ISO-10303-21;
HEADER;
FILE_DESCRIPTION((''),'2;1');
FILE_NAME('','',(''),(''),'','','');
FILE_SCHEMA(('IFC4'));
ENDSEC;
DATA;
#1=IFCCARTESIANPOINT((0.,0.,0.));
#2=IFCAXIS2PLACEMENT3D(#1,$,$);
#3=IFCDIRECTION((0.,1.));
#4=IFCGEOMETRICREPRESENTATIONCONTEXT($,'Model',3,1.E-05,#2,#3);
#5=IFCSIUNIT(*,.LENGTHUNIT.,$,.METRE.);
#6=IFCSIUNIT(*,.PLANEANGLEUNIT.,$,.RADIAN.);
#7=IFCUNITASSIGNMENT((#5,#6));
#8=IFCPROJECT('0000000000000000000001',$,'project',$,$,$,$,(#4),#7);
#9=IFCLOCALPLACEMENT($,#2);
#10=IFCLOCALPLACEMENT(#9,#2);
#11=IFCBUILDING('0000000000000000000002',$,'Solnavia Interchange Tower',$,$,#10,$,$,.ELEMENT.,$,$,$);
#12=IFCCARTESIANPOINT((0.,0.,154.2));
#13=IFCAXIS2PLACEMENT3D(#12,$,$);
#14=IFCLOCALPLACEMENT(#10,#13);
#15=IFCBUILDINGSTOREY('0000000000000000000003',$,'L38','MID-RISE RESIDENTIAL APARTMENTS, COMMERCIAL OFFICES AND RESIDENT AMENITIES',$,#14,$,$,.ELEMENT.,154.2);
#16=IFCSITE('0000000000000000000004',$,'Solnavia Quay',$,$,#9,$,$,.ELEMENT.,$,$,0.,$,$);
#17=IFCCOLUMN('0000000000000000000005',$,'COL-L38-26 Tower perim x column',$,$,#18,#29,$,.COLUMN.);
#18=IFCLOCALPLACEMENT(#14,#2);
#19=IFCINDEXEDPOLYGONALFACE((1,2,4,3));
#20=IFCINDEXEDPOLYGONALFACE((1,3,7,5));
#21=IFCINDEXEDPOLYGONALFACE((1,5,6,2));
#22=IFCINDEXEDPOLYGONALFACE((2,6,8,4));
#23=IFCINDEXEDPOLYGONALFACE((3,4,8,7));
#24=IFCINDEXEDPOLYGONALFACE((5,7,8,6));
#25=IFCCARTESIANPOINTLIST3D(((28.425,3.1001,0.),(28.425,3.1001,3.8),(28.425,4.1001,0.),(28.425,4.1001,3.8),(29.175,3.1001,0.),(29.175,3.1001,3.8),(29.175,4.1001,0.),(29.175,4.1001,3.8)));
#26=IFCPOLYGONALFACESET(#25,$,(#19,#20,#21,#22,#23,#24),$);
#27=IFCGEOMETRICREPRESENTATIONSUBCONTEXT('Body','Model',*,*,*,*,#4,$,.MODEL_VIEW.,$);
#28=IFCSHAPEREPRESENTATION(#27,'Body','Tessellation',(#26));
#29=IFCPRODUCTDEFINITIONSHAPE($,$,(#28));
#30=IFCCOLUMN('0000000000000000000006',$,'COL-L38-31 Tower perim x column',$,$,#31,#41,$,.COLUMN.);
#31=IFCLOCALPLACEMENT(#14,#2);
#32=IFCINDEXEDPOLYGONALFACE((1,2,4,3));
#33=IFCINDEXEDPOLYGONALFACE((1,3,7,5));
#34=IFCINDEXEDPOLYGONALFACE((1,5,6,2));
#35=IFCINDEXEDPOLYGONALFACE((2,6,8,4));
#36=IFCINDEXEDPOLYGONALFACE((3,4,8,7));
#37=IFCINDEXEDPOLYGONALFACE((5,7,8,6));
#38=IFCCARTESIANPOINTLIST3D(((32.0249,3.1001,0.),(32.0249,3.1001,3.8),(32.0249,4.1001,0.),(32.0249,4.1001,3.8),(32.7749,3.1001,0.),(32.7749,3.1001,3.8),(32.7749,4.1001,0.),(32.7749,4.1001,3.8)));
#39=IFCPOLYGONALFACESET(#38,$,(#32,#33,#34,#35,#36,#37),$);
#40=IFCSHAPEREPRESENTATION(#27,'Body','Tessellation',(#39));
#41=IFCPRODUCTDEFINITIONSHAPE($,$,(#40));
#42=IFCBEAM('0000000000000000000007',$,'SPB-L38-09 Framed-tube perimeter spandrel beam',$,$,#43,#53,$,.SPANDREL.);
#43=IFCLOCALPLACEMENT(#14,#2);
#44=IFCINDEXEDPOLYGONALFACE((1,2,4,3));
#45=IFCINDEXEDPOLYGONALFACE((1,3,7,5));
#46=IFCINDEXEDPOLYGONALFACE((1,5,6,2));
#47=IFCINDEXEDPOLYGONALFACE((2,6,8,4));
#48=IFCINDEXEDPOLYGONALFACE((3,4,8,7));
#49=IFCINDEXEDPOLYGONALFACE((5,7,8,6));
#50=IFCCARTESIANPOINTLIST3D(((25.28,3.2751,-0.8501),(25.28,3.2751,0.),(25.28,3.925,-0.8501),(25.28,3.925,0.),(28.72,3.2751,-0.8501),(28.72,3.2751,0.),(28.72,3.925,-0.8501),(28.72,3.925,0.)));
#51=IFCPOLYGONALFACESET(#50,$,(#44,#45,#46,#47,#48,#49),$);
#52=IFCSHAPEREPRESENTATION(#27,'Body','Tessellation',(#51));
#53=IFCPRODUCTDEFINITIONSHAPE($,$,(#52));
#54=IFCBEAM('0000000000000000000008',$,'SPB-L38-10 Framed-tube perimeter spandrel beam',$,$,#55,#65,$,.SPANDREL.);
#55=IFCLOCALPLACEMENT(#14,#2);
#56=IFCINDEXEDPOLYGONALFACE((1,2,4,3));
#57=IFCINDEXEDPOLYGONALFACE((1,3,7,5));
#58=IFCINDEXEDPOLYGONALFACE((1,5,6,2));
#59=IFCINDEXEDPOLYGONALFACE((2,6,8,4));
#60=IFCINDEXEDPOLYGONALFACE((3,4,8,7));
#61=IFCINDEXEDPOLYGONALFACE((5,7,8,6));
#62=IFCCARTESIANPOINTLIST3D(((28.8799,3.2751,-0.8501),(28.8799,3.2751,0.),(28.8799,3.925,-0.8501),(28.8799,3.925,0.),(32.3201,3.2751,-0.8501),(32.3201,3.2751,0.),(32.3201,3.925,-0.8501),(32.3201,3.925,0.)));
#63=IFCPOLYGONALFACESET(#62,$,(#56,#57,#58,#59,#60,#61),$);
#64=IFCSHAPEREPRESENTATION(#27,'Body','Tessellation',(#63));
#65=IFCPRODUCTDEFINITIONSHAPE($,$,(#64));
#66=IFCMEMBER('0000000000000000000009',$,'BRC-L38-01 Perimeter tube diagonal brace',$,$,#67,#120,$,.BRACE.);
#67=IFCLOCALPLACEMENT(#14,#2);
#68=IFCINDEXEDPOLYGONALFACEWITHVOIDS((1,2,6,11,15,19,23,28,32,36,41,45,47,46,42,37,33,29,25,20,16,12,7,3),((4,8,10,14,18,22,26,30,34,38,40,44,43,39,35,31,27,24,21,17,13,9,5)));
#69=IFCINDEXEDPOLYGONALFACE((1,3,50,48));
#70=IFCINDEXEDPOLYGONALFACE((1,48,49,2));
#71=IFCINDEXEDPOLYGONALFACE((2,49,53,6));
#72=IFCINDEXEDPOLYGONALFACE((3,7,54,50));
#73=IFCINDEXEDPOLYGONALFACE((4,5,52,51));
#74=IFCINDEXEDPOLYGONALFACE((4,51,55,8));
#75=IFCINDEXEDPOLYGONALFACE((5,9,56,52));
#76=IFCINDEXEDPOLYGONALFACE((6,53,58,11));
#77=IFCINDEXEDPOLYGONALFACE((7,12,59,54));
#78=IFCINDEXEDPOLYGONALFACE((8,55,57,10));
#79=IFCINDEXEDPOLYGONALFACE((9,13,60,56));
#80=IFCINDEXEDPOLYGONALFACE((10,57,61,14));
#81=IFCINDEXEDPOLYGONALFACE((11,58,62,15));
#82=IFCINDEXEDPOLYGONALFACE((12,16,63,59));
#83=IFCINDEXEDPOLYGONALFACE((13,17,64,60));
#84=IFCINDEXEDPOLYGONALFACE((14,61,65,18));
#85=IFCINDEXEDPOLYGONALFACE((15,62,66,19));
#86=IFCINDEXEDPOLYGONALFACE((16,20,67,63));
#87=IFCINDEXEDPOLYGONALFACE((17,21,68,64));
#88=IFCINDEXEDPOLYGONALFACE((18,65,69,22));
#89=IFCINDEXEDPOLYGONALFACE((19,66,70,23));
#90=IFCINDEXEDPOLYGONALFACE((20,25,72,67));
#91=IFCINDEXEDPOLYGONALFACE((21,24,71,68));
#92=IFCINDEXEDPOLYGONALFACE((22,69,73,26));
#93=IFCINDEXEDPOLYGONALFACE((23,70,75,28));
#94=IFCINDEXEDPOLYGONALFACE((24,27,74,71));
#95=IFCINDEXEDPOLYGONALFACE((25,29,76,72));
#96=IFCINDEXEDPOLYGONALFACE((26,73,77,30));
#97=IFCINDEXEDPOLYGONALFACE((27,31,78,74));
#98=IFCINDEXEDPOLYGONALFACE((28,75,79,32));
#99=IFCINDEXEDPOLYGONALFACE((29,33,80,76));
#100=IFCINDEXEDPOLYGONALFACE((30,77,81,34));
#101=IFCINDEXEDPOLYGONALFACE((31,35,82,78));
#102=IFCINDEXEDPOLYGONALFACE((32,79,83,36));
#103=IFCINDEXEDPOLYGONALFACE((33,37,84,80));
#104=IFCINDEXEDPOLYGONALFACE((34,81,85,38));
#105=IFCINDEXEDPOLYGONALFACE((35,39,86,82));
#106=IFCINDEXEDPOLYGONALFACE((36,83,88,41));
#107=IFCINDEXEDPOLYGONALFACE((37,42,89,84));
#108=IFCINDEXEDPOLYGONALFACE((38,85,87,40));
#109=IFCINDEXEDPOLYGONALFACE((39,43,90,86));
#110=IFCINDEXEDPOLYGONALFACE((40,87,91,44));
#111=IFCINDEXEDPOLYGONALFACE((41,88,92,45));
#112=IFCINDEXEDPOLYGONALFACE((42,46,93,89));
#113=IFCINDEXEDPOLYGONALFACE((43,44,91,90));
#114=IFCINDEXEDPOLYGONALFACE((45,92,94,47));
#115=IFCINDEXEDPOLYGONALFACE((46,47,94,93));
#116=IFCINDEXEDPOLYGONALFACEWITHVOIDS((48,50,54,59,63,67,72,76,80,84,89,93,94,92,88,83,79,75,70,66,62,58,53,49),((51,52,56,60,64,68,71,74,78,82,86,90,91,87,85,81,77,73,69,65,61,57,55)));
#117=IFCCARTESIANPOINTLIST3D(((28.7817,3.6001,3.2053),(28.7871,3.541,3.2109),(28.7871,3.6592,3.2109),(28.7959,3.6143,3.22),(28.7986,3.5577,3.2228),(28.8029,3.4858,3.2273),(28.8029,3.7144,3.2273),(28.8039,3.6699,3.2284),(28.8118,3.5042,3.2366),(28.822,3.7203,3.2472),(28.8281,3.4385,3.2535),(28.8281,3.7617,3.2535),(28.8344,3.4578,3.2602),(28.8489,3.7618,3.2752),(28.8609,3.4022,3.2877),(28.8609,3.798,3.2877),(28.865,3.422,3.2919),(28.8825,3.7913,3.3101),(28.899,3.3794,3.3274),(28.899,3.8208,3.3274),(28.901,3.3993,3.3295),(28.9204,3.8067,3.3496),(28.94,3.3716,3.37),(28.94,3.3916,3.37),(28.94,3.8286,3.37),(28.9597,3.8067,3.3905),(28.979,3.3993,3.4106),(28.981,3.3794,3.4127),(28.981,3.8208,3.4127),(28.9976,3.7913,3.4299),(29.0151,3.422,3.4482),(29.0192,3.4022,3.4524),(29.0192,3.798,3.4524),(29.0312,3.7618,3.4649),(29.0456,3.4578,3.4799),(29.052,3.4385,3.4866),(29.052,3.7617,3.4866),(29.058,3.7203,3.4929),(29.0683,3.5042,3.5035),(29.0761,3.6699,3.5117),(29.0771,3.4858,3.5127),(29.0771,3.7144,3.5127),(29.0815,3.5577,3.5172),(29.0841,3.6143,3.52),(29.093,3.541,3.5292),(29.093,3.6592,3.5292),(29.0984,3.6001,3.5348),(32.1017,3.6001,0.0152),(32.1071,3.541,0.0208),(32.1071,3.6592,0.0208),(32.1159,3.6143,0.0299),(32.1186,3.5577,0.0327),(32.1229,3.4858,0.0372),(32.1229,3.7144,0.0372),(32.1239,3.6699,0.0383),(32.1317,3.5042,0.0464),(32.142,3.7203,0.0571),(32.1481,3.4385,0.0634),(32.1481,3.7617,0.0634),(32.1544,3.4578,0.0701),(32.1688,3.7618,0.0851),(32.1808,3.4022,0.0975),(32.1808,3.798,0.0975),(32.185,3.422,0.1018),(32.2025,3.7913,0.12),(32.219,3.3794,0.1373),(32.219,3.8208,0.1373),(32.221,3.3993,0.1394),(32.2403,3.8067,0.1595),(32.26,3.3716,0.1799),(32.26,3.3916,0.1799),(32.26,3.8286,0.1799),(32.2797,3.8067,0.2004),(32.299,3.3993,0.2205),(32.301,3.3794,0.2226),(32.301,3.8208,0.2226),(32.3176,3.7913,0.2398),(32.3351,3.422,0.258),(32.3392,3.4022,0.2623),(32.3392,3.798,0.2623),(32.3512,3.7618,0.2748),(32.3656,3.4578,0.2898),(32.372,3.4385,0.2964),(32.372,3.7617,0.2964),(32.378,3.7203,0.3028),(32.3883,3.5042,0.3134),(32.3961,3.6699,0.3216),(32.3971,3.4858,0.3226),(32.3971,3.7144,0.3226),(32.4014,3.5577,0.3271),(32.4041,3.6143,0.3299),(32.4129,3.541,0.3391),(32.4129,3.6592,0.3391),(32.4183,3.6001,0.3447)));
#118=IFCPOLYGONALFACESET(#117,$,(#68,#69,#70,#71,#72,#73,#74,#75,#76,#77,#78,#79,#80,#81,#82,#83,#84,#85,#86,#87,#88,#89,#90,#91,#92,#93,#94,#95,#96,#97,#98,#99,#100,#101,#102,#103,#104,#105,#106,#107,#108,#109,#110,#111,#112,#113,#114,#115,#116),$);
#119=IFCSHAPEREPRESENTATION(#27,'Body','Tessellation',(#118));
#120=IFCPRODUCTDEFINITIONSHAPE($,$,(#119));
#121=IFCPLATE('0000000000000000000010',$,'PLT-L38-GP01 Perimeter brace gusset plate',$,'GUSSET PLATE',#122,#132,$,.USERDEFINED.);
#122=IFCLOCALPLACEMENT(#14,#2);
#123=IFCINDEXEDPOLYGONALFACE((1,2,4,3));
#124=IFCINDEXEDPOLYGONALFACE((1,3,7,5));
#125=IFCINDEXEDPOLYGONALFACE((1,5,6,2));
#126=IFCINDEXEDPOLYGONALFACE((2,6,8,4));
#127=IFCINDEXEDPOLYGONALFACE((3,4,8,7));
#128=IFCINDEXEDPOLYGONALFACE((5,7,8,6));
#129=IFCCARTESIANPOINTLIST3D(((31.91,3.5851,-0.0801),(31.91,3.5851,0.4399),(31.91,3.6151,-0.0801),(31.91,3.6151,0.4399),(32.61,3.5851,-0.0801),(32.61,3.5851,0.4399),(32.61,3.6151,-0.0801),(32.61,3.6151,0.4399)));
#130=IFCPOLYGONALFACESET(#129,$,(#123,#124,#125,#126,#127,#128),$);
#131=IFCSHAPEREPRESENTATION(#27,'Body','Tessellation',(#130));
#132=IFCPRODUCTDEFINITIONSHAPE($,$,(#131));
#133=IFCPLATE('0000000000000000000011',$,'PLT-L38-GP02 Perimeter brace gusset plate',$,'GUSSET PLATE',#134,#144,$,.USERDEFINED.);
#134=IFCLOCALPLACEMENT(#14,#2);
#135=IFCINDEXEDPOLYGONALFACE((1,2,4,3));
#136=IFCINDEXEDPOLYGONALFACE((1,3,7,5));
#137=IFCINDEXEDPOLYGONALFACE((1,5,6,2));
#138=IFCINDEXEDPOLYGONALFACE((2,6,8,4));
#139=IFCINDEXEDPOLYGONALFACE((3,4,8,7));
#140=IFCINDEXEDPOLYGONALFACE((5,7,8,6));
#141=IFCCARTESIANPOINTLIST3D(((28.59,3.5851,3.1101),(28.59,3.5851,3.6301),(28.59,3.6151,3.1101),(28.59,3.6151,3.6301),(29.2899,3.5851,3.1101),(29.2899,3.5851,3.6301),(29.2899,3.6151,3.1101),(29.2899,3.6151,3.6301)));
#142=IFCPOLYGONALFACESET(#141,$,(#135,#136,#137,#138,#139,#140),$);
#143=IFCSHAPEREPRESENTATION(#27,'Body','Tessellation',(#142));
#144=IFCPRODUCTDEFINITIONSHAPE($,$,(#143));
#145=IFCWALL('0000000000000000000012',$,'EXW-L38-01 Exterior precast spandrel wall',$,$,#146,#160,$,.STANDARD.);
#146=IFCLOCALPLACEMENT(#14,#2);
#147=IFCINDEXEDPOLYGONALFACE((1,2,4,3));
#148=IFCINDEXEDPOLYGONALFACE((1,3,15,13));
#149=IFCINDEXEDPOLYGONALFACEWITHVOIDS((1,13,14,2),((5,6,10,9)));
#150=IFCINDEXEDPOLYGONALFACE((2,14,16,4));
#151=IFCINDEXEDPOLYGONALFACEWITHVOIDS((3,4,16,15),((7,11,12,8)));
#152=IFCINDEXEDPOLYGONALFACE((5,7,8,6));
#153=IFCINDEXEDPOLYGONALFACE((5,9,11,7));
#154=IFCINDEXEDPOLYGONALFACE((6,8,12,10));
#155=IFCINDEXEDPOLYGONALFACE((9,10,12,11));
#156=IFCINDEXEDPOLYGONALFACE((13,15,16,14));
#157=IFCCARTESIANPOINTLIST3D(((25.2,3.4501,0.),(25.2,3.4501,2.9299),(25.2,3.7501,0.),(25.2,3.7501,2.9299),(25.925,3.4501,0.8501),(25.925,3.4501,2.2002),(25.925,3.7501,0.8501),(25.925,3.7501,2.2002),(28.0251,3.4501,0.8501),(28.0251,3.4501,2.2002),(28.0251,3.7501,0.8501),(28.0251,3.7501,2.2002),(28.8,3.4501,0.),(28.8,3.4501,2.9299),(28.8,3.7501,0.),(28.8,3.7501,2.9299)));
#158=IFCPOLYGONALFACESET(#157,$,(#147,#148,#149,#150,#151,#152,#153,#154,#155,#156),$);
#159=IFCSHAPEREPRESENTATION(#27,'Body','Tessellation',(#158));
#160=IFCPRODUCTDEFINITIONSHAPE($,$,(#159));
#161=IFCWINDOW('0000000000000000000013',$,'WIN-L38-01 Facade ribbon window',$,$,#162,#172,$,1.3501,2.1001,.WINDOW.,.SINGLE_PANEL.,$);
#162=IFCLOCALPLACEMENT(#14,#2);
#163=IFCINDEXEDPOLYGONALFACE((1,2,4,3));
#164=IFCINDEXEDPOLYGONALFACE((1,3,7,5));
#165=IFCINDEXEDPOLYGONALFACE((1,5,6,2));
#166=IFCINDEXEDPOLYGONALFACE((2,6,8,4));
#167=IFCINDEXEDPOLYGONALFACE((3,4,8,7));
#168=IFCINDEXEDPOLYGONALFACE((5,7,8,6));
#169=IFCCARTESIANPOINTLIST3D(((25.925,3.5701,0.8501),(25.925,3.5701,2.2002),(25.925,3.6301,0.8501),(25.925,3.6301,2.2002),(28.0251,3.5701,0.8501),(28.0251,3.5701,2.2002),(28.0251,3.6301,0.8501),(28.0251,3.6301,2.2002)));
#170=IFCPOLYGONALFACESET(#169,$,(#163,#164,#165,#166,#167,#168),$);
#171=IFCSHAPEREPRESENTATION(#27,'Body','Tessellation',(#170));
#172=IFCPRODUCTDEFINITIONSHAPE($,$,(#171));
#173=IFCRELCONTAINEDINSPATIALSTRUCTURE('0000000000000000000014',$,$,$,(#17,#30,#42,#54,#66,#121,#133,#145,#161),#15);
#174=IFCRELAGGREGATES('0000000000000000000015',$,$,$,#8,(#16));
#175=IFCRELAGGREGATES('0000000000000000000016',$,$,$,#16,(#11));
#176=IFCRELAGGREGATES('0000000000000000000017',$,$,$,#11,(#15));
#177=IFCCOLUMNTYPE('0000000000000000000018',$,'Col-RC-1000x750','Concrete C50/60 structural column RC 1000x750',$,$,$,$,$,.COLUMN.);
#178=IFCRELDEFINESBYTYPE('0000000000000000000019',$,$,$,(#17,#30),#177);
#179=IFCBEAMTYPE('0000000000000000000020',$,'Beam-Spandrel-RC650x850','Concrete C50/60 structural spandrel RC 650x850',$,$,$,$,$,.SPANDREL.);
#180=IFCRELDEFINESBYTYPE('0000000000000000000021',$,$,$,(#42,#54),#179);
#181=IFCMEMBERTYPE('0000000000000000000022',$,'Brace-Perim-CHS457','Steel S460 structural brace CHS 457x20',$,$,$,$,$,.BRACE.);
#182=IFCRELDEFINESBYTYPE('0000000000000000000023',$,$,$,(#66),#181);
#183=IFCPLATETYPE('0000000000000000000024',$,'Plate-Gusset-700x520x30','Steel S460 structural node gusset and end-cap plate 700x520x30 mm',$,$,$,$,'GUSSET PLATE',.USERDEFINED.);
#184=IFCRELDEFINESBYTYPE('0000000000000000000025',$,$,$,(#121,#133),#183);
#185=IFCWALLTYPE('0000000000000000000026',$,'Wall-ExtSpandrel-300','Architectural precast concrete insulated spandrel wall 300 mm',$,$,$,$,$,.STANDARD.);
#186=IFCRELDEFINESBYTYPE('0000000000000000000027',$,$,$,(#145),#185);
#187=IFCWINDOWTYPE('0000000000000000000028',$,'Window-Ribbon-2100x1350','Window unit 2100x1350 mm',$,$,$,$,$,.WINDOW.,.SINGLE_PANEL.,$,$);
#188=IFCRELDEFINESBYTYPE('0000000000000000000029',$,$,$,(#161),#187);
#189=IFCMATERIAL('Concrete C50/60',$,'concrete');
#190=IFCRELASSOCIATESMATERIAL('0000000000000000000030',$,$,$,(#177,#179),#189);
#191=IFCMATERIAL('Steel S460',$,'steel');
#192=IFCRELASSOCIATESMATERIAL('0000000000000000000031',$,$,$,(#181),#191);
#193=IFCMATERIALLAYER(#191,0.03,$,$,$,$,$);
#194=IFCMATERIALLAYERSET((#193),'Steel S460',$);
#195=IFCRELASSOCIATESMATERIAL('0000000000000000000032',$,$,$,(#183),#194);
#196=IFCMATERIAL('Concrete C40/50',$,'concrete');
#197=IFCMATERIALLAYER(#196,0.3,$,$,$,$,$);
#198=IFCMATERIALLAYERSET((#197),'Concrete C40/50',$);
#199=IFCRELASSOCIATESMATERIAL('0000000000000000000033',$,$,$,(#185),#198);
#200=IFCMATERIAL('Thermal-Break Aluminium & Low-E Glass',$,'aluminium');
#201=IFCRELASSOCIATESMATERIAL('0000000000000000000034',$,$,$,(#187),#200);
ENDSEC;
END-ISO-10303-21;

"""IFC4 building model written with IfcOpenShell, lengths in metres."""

from ifc_helpers import new_model, si_unit, direction, frame, frame_2d, origin, origin_2d, place, context, subcontext, project, spatial, rectangle, hollow_circle, extrude, material, layer, layer_set, material_profile, profile_set, type_object, element, fill, save


model = new_model("IFC4")

# Units and contexts
model_context = context("Model", 3, precision=1e-05, world=origin(), true_north=direction((0.0, 1.0)))
body_context = subcontext(model_context, "Body", "Model", "MODEL_VIEW")
ifc_project = project(units=[si_unit("LENGTHUNIT", "METRE"), si_unit("PLANEANGLEUNIT", "RADIAN")], contexts=[model_context])

# Site, building, storey
site_placement = place(None, origin())
site = spatial("IfcSite", under=ifc_project, at=site_placement, Name="Solnavia Quay", CompositionType="ELEMENT", RefElevation=0.0)
building_placement = place(site_placement, origin())
building = spatial("IfcBuilding", under=site, at=building_placement, Name="Solnavia Interchange Tower", CompositionType="ELEMENT")
storey_placement = place(building_placement, frame((0.0, 0.0, 154.2)))
storey = spatial("IfcBuildingStorey", under=building, at=storey_placement, Name="L38", Description="MID-RISE RESIDENTIAL APARTMENTS, COMMERCIAL OFFICES AND RESIDENT AMENITIES", CompositionType="ELEMENT", Elevation=154.2)

# Columns
ifc_material_1 = material(Name="Concrete C50/60", Category="concrete")
ifc_material_profile_1 = material_profile(ifc_material_1, rectangle(XDim=0.75, YDim=1.0, at=origin_2d()), Name="RC 1000x750")
ifc_profile_set_1 = profile_set([ifc_material_profile_1], Name="Concrete C50/60")
column_type = type_object("IfcColumnType", Name="Col-RC-1000x750", Description="Concrete C50/60 structural column RC 1000x750", PredefinedType="COLUMN", material=ifc_profile_set_1)
for number, where, z_axis, x_axis, name in (
    (1, (28.8, 3.6001, 0.0), (0.0, 0.0, 1.0), (1.0, 0.0, 0.0), "COL-L38-26 Tower perim x column"),
    (2, (32.3999, 3.6001, 0.0), (0.0, 0.0, 1.0), (1.0, 0.0, 0.0), "COL-L38-31 Tower perim x column"),
):
    element("IfcColumn", number, at=place(storey_placement, frame(where, z_axis=z_axis, x_axis=x_axis)), inside=storey, type_object=column_type, Name=name, PredefinedType="COLUMN", context=body_context, shape_type="SweptSolid", body=[
        extrude(rectangle(XDim=0.75, YDim=1.0, at=origin_2d()), origin(), (0.0, 0.0, 1.0), 3.8),
    ])

# Beams
ifc_material_profile_2 = material_profile(ifc_material_1, rectangle(XDim=0.6499, YDim=0.8501, at=origin_2d()), Name="RC 650x850")
ifc_profile_set_2 = profile_set([ifc_material_profile_2], Name="Concrete C50/60")
beam_type = type_object("IfcBeamType", Name="Beam-Spandrel-RC650x850", Description="Concrete C50/60 structural spandrel RC 650x850", PredefinedType="SPANDREL", material=ifc_profile_set_2)
beam_1_placement = place(storey_placement, frame((25.28, 3.6001, -0.425), z_axis=(1.0, 0.0, 0.0), x_axis=(0.0, 1.0, 0.0)))
element("IfcBeam", 3, at=beam_1_placement, inside=storey, type_object=beam_type, Name="SPB-L38-09 Framed-tube perimeter spandrel beam", PredefinedType="SPANDREL", context=body_context, shape_type="SweptSolid", body=[
    extrude(rectangle(XDim=0.6499, YDim=0.8501, at=origin_2d()), origin(), (0.0, 0.0, 1.0), 3.4399),
])
beam_2_placement = place(storey_placement, frame((28.8799, 3.6001, -0.425), z_axis=(1.0, 0.0, 0.0), x_axis=(0.0, 1.0, 0.0)))
element("IfcBeam", 4, at=beam_2_placement, inside=storey, type_object=beam_type, Name="SPB-L38-10 Framed-tube perimeter spandrel beam", PredefinedType="SPANDREL", context=body_context, shape_type="SweptSolid", body=[
    extrude(rectangle(XDim=0.6499, YDim=0.8501, at=origin_2d()), origin(), (0.0, 0.0, 1.0), 3.4402),
])

# Member
ifc_material_2 = material(Name="Steel S460", Category="steel")
ifc_material_profile_3 = material_profile(ifc_material_2, hollow_circle(Radius=0.2285, WallThickness=0.02, at=origin_2d()), Name="CHS 457x20")
ifc_profile_set_3 = profile_set([ifc_material_profile_3], Name="Steel S460")
member_type = type_object("IfcMemberType", Name="Brace-Perim-CHS457", Description="Steel S460 structural brace CHS 457x20", PredefinedType="BRACE", material=ifc_profile_set_3)
member_placement = place(storey_placement, frame((32.26, 3.6001, 0.1799), z_axis=(-0.72107, 0.0, 0.692862), x_axis=(0.0, -1.0, 0.0)))
element("IfcMember", 5, at=member_placement, inside=storey, type_object=member_type, Name="BRC-L38-01 Perimeter tube diagonal brace", PredefinedType="BRACE", context=body_context, shape_type="SweptSolid", body=[
    extrude(hollow_circle(Radius=0.2285, WallThickness=0.02, at=origin_2d()), origin(), (0.0, 0.0, 1.0), 4.6042),
])

# Plates
ifc_layer_1 = layer(ifc_material_2, 0.03)
ifc_layer_set_1 = layer_set([ifc_layer_1], Name="Steel S460")
plate_type = type_object("IfcPlateType", Name="Plate-Gusset-700x520x30", Description="Steel S460 structural node gusset and end-cap plate 700x520x30 mm", ElementType="GUSSET PLATE", PredefinedType="USERDEFINED", material=ifc_layer_set_1)
for number, where, z_axis, x_axis, name in (
    (6, (32.26, 3.6001, -0.0801), (0.0, 0.0, 1.0), (-1.0, 0.0, 0.0), "PLT-L38-GP01 Perimeter brace gusset plate"),
    (7, (28.9399, 3.6001, 3.1101), (0.0, 0.0, 1.0), (-1.0, 0.0, 0.0), "PLT-L38-GP02 Perimeter brace gusset plate"),
):
    element("IfcPlate", number, at=place(storey_placement, frame(where, z_axis=z_axis, x_axis=x_axis)), inside=storey, type_object=plate_type, Name=name, ObjectType="GUSSET PLATE", PredefinedType="USERDEFINED", context=body_context, shape_type="SweptSolid", body=[
        extrude(rectangle(XDim=0.7, YDim=0.03, at=origin_2d()), origin(), (0.0, 0.0, 1.0), 0.52),
    ])

# Wall, opening, window
ifc_material_3 = material(Name="Concrete C40/50", Category="concrete")
ifc_layer_2 = layer(ifc_material_3, 0.3)
ifc_layer_set_2 = layer_set([ifc_layer_2], Name="Concrete C40/50")
wall_type_1 = type_object("IfcWallType", Name="Wall-ExtSpandrel-300", Description="Architectural precast concrete insulated spandrel wall 300 mm", PredefinedType="STANDARD", material=ifc_layer_set_2)
wall_1_placement = place(storey_placement, frame((28.8, 3.6001, 0.0), z_axis=(0.0, 0.0, 1.0), x_axis=(-1.0, 0.0, 0.0)))
wall_1 = element("IfcWall", 8, at=wall_1_placement, inside=storey, type_object=wall_type_1, Name="EXW-L38-01 Exterior precast spandrel wall", PredefinedType="STANDARD", context=body_context, shape_type="SweptSolid", body=[
    extrude(rectangle(XDim=3.6001, YDim=0.3, at=frame_2d((1.8, 0.0))), origin(), (0.0, 0.0, 1.0), 2.9299),
])
opening_1_placement = place(wall_1_placement, frame((0.7749, 0.0, 0.8501)))
opening_1 = element("IfcOpeningElement", 9, at=opening_1_placement, cuts=wall_1, PredefinedType="OPENING", context=body_context, shape_type="SweptSolid", body=[
    extrude(rectangle(XDim=2.1001, YDim=1.3501, at=frame_2d((1.05, 0.675))), frame((0.0, 0.1602, 0.0), z_axis=(0.0, -1.0, 0.0), x_axis=(1.0, 0.0, 0.0)), (0.0, 0.0, 1.0), 0.3201),
])
ifc_material_4 = material(Name="Thermal-Break Aluminium & Low-E Glass", Category="aluminium")
window_type_1 = type_object("IfcWindowType", Name="Window-Ribbon-2100x1350", Description="Window unit 2100x1350 mm", PartitioningType="SINGLE_PANEL", PredefinedType="WINDOW", material=ifc_material_4)
window_1_placement = place(opening_1_placement, origin())
window_1 = element("IfcWindow", 10, at=window_1_placement, inside=storey, type_object=window_type_1, Name="WIN-L38-01 Facade ribbon window", OverallHeight=1.3501, OverallWidth=2.1001, PartitioningType="SINGLE_PANEL", PredefinedType="WINDOW", context=body_context, shape_type="SweptSolid", body=[
    extrude(rectangle(XDim=2.1001, YDim=1.3501, at=frame_2d((1.05, 0.675))), frame((0.0, 0.03, 0.0), z_axis=(0.0, -1.0, 0.0), x_axis=(1.0, 0.0, 0.0)), (0.0, 0.0, 1.0), 0.0601),
])
fill(opening_1, window_1)

save(model, "model.ifc")
